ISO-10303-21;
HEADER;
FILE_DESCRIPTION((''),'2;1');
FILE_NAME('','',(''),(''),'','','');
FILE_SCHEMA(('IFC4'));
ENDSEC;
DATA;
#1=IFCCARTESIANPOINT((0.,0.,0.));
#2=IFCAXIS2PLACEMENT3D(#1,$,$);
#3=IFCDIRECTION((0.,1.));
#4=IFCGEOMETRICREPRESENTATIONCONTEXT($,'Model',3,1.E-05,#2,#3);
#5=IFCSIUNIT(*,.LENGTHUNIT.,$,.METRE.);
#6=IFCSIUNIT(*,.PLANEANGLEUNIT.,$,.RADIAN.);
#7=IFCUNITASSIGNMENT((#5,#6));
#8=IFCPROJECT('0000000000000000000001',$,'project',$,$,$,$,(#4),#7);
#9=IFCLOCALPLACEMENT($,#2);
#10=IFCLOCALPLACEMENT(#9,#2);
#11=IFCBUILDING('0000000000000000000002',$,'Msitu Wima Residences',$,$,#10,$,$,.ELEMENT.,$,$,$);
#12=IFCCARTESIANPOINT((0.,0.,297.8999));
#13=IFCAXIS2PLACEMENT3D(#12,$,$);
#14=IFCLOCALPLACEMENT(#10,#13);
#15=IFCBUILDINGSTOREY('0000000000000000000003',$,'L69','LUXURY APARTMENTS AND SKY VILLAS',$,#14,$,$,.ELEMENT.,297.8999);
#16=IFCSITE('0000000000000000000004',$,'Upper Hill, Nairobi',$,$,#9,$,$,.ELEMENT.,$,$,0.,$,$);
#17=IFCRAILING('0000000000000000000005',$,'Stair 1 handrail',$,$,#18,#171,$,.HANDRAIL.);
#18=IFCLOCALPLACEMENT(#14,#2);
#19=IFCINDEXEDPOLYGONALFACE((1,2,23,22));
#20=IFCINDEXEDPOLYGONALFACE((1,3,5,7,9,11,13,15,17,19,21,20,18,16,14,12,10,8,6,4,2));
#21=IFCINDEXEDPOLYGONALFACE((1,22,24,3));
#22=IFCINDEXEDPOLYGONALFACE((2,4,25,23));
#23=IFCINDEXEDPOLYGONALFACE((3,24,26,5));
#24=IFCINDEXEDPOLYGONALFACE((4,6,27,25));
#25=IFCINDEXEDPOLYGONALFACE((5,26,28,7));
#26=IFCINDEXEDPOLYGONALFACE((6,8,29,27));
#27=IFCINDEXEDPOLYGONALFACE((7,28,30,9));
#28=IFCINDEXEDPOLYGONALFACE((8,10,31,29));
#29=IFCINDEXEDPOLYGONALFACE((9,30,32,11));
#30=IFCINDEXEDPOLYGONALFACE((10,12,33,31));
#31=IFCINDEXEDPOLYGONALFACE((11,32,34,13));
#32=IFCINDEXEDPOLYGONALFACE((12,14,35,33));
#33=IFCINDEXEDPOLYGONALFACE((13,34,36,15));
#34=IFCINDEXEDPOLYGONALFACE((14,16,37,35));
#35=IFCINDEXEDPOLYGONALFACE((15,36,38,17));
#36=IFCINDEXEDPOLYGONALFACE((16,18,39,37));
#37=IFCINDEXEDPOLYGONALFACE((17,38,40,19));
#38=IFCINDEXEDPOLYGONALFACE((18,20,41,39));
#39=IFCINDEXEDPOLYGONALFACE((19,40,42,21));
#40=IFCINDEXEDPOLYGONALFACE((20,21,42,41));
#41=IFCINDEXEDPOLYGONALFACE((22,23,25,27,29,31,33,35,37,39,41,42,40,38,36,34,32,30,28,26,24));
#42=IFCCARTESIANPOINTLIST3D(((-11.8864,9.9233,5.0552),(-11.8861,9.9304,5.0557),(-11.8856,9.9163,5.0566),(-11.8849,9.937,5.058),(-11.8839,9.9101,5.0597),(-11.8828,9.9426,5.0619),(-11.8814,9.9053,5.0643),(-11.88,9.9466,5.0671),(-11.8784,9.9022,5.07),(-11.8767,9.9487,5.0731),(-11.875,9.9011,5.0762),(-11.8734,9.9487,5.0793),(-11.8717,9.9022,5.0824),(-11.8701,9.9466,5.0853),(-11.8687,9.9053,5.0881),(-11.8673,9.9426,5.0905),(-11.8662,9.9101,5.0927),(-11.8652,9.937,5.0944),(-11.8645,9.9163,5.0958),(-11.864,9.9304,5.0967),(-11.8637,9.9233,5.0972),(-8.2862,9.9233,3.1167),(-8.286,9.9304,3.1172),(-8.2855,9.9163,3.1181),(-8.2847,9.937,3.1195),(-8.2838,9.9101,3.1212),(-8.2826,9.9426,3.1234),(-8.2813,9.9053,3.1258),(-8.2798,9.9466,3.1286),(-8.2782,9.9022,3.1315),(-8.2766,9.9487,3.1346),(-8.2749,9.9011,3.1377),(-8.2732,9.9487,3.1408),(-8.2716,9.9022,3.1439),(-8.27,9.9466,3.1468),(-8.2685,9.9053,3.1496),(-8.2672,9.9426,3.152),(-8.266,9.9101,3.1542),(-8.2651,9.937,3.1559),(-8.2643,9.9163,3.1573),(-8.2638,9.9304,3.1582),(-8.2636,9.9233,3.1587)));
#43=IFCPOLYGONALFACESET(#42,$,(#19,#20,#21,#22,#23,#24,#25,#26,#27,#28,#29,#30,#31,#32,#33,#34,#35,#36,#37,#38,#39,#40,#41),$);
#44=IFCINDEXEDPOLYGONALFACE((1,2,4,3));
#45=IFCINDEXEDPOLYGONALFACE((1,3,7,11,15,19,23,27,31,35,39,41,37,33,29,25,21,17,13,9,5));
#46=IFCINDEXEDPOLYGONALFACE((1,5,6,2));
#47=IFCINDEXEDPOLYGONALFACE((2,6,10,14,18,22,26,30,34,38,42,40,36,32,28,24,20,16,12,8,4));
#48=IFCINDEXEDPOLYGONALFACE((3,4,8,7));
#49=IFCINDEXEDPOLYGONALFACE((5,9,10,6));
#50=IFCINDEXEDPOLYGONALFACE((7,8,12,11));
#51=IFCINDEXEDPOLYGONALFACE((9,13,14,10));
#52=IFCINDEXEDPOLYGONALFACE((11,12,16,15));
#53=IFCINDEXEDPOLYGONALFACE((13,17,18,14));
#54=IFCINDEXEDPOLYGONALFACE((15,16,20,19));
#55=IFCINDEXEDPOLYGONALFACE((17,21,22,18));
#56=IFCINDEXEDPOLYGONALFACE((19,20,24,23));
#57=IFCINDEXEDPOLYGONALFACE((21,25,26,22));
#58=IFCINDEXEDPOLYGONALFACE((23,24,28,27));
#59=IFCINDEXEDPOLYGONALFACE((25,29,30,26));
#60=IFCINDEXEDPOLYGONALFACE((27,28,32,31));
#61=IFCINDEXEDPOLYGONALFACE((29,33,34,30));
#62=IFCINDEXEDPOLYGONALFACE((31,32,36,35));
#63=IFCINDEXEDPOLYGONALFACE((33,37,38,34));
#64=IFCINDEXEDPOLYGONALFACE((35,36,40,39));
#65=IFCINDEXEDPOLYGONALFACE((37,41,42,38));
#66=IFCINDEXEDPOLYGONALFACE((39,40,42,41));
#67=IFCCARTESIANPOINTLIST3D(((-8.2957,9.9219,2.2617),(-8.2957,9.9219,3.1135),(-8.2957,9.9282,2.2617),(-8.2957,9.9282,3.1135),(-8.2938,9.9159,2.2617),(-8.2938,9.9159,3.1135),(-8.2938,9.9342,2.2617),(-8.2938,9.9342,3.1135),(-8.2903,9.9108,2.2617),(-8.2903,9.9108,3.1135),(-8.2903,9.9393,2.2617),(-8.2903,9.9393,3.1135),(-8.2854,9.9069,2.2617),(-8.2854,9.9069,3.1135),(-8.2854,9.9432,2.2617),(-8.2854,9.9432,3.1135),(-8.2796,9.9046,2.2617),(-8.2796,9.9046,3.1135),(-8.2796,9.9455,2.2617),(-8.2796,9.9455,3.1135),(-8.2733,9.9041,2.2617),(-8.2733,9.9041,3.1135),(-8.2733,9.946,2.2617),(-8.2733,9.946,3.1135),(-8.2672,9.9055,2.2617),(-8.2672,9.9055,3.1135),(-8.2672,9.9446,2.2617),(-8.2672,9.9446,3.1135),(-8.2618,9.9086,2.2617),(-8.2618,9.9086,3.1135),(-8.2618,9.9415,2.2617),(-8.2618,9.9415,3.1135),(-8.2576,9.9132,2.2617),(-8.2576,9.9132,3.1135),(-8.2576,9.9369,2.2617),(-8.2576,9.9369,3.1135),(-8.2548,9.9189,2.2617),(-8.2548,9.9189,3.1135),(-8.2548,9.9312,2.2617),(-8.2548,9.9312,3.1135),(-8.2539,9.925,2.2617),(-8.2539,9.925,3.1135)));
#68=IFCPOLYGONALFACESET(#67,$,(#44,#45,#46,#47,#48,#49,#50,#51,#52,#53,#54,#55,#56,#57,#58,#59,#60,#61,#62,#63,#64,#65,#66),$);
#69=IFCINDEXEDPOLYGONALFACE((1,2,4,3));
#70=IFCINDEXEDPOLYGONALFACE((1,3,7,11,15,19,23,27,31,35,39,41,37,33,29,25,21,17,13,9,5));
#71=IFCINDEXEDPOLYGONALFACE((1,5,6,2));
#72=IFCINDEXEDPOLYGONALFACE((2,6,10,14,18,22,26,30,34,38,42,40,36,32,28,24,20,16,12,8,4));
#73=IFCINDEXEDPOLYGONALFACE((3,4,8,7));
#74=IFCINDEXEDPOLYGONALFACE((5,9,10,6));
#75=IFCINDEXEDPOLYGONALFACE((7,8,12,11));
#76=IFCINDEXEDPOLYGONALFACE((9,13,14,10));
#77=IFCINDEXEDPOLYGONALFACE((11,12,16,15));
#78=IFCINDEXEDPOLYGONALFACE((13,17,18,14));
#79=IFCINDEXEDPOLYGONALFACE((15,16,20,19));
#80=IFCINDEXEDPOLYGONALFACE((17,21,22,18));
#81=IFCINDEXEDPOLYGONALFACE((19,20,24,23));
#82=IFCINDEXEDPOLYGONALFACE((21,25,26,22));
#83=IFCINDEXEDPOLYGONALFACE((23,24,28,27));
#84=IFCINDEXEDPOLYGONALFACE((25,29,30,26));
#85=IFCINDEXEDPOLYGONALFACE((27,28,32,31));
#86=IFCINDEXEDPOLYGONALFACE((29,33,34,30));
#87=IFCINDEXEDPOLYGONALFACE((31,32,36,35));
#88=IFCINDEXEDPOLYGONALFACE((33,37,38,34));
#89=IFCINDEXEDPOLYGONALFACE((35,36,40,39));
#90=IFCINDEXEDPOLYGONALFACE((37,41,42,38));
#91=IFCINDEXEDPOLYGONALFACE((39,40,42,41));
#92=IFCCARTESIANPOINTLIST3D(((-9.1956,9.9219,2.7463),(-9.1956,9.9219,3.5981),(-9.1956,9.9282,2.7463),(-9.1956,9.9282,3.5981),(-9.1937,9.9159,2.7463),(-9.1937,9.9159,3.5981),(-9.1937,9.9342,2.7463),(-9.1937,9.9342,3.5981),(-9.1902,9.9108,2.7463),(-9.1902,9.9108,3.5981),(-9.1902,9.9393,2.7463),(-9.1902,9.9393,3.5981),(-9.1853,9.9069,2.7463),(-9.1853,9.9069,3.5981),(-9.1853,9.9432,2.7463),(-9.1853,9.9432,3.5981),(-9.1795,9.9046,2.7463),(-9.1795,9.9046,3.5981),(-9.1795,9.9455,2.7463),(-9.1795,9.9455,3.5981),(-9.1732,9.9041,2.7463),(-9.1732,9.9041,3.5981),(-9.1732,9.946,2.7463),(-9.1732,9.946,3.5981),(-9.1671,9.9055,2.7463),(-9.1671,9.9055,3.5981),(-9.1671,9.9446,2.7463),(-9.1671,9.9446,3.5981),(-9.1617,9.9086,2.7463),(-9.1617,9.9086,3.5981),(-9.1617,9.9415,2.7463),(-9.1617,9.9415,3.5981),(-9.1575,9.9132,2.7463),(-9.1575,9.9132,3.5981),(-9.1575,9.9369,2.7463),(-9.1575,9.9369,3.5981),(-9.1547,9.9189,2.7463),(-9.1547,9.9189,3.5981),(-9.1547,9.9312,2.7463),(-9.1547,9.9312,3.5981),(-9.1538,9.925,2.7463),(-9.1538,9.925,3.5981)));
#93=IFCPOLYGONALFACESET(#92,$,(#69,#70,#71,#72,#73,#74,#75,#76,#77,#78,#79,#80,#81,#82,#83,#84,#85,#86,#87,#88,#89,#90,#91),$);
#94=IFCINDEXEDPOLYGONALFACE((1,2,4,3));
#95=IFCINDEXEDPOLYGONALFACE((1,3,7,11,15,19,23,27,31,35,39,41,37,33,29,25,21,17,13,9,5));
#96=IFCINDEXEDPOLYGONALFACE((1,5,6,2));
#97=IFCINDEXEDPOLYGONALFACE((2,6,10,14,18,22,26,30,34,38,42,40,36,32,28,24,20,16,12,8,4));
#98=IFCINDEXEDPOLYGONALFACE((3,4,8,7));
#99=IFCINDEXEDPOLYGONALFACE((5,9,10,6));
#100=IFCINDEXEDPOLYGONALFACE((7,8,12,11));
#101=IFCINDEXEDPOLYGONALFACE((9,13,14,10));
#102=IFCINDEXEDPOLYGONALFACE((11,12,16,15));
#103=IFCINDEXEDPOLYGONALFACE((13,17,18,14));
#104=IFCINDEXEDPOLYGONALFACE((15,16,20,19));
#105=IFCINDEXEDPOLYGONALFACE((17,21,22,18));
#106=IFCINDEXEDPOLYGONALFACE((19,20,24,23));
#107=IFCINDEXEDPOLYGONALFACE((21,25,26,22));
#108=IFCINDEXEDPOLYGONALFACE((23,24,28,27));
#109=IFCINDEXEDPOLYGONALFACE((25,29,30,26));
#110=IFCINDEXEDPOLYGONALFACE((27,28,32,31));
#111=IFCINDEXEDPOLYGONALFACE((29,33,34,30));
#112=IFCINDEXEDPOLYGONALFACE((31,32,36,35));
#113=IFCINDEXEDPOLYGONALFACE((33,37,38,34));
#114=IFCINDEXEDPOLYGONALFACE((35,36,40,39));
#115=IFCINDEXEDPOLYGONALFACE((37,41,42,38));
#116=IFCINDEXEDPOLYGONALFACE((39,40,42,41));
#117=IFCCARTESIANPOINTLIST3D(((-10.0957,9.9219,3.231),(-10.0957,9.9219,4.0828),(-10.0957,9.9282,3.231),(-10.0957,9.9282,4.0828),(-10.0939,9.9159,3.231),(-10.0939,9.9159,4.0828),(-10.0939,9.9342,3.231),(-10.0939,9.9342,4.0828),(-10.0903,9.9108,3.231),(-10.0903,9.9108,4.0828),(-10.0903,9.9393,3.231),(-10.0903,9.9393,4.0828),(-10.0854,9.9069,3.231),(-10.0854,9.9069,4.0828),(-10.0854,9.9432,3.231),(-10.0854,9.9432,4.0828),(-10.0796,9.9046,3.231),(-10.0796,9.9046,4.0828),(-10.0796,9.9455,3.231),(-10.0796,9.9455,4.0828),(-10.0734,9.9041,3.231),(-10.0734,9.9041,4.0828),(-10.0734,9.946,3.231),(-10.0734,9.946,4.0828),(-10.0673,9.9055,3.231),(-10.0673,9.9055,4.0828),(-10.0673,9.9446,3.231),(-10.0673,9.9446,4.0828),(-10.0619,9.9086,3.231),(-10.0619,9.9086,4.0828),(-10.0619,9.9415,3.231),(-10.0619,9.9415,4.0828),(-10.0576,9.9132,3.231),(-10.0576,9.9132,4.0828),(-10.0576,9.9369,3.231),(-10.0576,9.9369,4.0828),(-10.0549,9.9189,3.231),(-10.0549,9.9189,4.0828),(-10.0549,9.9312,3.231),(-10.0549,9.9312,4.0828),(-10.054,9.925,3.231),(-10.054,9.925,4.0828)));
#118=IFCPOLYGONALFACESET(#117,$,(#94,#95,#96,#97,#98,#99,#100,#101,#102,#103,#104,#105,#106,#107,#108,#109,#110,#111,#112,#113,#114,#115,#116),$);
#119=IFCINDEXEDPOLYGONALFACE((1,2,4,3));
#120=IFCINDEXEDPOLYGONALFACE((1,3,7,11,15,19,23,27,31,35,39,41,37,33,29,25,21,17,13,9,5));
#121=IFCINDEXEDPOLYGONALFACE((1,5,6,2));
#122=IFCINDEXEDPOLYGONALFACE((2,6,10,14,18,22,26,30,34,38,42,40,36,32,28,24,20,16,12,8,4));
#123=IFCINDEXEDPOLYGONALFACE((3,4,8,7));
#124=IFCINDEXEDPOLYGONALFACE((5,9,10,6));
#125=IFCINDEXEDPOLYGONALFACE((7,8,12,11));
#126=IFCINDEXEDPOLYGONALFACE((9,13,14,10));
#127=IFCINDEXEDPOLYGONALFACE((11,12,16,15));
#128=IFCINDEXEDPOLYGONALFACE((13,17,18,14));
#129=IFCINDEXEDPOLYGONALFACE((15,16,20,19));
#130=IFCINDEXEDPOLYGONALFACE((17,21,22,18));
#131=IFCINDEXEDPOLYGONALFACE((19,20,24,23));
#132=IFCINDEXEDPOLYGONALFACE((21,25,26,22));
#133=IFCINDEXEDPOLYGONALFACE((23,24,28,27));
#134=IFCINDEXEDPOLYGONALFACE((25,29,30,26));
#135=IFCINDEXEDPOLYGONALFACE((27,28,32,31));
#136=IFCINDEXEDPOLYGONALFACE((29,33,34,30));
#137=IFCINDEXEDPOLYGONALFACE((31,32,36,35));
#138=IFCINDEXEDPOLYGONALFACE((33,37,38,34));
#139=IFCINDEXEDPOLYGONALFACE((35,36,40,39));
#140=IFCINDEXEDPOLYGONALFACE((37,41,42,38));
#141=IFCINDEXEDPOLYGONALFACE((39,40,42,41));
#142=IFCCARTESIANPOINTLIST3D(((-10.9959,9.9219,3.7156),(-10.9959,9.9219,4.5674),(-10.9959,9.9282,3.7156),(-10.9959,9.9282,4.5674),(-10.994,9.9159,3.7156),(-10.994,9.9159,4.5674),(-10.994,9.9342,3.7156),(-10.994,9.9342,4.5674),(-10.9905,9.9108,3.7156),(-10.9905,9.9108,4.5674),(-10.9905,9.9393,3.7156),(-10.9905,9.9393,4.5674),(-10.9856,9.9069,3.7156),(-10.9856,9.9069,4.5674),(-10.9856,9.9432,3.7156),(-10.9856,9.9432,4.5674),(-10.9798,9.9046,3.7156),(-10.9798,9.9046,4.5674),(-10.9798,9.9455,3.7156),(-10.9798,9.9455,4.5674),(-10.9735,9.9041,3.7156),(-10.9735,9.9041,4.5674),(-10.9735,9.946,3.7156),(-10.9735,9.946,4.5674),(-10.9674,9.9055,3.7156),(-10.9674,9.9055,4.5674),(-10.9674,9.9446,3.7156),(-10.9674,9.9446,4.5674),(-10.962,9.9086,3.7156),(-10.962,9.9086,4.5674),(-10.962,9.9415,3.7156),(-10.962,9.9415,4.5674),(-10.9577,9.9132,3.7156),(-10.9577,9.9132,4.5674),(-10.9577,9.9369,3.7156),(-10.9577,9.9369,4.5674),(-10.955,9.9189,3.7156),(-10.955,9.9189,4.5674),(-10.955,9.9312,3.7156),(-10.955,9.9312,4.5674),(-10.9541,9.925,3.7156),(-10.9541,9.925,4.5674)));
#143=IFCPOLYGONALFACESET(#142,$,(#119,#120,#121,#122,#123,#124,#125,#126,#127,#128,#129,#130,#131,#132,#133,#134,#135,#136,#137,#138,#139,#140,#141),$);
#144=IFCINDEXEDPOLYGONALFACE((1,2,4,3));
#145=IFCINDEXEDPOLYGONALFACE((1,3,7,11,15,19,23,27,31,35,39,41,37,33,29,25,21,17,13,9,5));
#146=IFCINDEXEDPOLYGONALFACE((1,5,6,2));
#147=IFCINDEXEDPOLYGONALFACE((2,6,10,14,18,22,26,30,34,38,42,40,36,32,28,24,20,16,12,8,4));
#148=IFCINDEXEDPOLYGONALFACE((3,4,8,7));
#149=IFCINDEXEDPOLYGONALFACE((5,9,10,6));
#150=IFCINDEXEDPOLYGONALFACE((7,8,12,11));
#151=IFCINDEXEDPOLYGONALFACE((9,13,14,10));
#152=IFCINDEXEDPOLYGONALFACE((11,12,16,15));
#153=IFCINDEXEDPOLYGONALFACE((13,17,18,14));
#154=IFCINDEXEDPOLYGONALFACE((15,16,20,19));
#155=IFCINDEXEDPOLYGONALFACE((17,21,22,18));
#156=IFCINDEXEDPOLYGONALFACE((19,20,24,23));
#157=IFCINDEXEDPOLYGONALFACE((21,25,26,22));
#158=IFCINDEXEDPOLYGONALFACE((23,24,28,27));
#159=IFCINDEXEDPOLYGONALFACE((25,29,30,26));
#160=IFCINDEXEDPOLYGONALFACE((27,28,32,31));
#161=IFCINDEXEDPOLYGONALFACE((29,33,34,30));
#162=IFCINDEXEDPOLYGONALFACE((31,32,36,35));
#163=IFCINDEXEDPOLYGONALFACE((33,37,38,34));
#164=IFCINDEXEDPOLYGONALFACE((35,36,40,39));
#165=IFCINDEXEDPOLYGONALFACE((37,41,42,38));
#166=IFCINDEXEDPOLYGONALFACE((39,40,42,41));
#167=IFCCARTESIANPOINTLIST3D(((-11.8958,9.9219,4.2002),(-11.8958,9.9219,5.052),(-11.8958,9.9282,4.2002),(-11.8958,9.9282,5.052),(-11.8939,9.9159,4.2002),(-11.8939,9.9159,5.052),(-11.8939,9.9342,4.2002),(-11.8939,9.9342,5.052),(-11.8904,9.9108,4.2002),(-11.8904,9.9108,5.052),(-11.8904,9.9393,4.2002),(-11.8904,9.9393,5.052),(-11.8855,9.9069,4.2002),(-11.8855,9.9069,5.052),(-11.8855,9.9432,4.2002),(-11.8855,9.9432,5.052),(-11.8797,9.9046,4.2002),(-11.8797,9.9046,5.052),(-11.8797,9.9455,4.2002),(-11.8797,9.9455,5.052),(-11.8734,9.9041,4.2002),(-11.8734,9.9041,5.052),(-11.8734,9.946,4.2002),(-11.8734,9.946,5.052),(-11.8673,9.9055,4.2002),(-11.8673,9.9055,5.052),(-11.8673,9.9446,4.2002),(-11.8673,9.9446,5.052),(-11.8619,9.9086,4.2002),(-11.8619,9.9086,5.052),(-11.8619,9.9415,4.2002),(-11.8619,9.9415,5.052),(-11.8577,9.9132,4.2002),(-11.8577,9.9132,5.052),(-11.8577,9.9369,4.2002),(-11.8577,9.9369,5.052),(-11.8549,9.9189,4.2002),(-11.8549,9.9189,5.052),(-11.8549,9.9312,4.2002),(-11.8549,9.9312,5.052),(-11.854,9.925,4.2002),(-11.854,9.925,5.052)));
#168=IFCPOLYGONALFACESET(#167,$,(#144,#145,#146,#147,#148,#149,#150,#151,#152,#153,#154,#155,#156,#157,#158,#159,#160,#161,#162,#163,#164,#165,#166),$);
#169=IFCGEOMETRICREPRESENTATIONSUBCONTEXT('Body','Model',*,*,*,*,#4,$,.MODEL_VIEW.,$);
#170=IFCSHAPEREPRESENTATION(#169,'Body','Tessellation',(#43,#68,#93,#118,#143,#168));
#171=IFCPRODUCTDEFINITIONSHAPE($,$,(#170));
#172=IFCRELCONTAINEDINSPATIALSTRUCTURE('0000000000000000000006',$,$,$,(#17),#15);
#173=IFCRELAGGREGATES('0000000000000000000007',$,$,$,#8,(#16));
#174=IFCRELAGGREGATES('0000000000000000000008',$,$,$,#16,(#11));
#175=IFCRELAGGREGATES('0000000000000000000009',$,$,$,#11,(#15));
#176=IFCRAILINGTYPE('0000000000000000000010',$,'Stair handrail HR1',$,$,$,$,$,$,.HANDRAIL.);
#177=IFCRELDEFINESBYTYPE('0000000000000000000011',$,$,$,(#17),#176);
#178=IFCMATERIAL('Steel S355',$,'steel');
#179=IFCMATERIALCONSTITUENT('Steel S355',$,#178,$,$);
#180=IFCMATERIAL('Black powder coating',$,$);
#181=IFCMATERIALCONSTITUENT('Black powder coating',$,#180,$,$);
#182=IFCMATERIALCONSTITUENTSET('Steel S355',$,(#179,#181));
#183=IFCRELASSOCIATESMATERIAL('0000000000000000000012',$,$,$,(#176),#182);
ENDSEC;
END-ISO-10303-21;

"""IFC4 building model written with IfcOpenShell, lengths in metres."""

from ifc_helpers import new_model, si_unit, direction, frame, origin, origin_2d, place, context, subcontext, project, spatial, circle, extrude, material, constituent, constituent_set, type_object, element, save


model = new_model("IFC4")

# Units and contexts
model_context = context("Model", 3, precision=1e-05, world=origin(), true_north=direction((0.0, 1.0)))
body_context = subcontext(model_context, "Body", "Model", "MODEL_VIEW")
ifc_project = project(units=[si_unit("LENGTHUNIT", "METRE"), si_unit("PLANEANGLEUNIT", "RADIAN")], contexts=[model_context])

# Site, building, storey
site_placement = place(None, origin())
site = spatial("IfcSite", under=ifc_project, at=site_placement, Name="Upper Hill, Nairobi", CompositionType="ELEMENT", RefElevation=0.0)
building_placement = place(site_placement, origin())
building = spatial("IfcBuilding", under=site, at=building_placement, Name="Msitu Wima Residences", CompositionType="ELEMENT")
storey_placement = place(building_placement, frame((0.0, 0.0, 297.8999)))
storey = spatial("IfcBuildingStorey", under=building, at=storey_placement, Name="L69", Description="LUXURY APARTMENTS AND SKY VILLAS", CompositionType="ELEMENT", Elevation=297.8999)

# Railing
ifc_material_1 = material(Name="Steel S355", Category="steel")
ifc_constituent_1 = constituent(ifc_material_1, Name="Steel S355")
ifc_material_2 = material(Name="Black powder coating")
ifc_constituent_2 = constituent(ifc_material_2, Name="Black powder coating")
ifc_constituent_set = constituent_set(constituents=[ifc_constituent_1, ifc_constituent_2], Name="Steel S355")
railing_type = type_object("IfcRailingType", Name="Stair handrail HR1", PredefinedType="HANDRAIL", material=ifc_constituent_set)
railing_placement = place(storey_placement, frame((-8.2749, 9.925, 2.2617)))
element("IfcRailing", 1, at=railing_placement, inside=storey, type_object=railing_type, Name="Stair 1 handrail", PredefinedType="HANDRAIL", context=body_context, shape_type="SweptSolid", body=[
    extrude(circle(Radius=0.0239, at=origin_2d()), frame((0.0, 0.0, 0.876), z_axis=(-0.880475, 0.0, 0.474093), x_axis=(0.0, -1.0, 0.0)), (0.0, 0.0, 1.0), 4.0889),
    extrude(circle(Radius=0.021, at=origin_2d()), origin(), (0.0, 0.0, 1.0), 0.8518),
    extrude(circle(Radius=0.021, at=origin_2d()), frame((-0.8999, 0.0, 0.4846)), (0.0, 0.0, 1.0), 0.8518),
    extrude(circle(Radius=0.021, at=origin_2d()), frame((-1.8, 0.0, 0.9692)), (0.0, 0.0, 1.0), 0.8518),
    extrude(circle(Radius=0.021, at=origin_2d()), frame((-2.7002, 0.0, 1.4539)), (0.0, 0.0, 1.0), 0.8518),
    extrude(circle(Radius=0.021, at=origin_2d()), frame((-3.6001, 0.0, 1.9385)), (0.0, 0.0, 1.0), 0.8518),
])

save(model, "model.ifc")
